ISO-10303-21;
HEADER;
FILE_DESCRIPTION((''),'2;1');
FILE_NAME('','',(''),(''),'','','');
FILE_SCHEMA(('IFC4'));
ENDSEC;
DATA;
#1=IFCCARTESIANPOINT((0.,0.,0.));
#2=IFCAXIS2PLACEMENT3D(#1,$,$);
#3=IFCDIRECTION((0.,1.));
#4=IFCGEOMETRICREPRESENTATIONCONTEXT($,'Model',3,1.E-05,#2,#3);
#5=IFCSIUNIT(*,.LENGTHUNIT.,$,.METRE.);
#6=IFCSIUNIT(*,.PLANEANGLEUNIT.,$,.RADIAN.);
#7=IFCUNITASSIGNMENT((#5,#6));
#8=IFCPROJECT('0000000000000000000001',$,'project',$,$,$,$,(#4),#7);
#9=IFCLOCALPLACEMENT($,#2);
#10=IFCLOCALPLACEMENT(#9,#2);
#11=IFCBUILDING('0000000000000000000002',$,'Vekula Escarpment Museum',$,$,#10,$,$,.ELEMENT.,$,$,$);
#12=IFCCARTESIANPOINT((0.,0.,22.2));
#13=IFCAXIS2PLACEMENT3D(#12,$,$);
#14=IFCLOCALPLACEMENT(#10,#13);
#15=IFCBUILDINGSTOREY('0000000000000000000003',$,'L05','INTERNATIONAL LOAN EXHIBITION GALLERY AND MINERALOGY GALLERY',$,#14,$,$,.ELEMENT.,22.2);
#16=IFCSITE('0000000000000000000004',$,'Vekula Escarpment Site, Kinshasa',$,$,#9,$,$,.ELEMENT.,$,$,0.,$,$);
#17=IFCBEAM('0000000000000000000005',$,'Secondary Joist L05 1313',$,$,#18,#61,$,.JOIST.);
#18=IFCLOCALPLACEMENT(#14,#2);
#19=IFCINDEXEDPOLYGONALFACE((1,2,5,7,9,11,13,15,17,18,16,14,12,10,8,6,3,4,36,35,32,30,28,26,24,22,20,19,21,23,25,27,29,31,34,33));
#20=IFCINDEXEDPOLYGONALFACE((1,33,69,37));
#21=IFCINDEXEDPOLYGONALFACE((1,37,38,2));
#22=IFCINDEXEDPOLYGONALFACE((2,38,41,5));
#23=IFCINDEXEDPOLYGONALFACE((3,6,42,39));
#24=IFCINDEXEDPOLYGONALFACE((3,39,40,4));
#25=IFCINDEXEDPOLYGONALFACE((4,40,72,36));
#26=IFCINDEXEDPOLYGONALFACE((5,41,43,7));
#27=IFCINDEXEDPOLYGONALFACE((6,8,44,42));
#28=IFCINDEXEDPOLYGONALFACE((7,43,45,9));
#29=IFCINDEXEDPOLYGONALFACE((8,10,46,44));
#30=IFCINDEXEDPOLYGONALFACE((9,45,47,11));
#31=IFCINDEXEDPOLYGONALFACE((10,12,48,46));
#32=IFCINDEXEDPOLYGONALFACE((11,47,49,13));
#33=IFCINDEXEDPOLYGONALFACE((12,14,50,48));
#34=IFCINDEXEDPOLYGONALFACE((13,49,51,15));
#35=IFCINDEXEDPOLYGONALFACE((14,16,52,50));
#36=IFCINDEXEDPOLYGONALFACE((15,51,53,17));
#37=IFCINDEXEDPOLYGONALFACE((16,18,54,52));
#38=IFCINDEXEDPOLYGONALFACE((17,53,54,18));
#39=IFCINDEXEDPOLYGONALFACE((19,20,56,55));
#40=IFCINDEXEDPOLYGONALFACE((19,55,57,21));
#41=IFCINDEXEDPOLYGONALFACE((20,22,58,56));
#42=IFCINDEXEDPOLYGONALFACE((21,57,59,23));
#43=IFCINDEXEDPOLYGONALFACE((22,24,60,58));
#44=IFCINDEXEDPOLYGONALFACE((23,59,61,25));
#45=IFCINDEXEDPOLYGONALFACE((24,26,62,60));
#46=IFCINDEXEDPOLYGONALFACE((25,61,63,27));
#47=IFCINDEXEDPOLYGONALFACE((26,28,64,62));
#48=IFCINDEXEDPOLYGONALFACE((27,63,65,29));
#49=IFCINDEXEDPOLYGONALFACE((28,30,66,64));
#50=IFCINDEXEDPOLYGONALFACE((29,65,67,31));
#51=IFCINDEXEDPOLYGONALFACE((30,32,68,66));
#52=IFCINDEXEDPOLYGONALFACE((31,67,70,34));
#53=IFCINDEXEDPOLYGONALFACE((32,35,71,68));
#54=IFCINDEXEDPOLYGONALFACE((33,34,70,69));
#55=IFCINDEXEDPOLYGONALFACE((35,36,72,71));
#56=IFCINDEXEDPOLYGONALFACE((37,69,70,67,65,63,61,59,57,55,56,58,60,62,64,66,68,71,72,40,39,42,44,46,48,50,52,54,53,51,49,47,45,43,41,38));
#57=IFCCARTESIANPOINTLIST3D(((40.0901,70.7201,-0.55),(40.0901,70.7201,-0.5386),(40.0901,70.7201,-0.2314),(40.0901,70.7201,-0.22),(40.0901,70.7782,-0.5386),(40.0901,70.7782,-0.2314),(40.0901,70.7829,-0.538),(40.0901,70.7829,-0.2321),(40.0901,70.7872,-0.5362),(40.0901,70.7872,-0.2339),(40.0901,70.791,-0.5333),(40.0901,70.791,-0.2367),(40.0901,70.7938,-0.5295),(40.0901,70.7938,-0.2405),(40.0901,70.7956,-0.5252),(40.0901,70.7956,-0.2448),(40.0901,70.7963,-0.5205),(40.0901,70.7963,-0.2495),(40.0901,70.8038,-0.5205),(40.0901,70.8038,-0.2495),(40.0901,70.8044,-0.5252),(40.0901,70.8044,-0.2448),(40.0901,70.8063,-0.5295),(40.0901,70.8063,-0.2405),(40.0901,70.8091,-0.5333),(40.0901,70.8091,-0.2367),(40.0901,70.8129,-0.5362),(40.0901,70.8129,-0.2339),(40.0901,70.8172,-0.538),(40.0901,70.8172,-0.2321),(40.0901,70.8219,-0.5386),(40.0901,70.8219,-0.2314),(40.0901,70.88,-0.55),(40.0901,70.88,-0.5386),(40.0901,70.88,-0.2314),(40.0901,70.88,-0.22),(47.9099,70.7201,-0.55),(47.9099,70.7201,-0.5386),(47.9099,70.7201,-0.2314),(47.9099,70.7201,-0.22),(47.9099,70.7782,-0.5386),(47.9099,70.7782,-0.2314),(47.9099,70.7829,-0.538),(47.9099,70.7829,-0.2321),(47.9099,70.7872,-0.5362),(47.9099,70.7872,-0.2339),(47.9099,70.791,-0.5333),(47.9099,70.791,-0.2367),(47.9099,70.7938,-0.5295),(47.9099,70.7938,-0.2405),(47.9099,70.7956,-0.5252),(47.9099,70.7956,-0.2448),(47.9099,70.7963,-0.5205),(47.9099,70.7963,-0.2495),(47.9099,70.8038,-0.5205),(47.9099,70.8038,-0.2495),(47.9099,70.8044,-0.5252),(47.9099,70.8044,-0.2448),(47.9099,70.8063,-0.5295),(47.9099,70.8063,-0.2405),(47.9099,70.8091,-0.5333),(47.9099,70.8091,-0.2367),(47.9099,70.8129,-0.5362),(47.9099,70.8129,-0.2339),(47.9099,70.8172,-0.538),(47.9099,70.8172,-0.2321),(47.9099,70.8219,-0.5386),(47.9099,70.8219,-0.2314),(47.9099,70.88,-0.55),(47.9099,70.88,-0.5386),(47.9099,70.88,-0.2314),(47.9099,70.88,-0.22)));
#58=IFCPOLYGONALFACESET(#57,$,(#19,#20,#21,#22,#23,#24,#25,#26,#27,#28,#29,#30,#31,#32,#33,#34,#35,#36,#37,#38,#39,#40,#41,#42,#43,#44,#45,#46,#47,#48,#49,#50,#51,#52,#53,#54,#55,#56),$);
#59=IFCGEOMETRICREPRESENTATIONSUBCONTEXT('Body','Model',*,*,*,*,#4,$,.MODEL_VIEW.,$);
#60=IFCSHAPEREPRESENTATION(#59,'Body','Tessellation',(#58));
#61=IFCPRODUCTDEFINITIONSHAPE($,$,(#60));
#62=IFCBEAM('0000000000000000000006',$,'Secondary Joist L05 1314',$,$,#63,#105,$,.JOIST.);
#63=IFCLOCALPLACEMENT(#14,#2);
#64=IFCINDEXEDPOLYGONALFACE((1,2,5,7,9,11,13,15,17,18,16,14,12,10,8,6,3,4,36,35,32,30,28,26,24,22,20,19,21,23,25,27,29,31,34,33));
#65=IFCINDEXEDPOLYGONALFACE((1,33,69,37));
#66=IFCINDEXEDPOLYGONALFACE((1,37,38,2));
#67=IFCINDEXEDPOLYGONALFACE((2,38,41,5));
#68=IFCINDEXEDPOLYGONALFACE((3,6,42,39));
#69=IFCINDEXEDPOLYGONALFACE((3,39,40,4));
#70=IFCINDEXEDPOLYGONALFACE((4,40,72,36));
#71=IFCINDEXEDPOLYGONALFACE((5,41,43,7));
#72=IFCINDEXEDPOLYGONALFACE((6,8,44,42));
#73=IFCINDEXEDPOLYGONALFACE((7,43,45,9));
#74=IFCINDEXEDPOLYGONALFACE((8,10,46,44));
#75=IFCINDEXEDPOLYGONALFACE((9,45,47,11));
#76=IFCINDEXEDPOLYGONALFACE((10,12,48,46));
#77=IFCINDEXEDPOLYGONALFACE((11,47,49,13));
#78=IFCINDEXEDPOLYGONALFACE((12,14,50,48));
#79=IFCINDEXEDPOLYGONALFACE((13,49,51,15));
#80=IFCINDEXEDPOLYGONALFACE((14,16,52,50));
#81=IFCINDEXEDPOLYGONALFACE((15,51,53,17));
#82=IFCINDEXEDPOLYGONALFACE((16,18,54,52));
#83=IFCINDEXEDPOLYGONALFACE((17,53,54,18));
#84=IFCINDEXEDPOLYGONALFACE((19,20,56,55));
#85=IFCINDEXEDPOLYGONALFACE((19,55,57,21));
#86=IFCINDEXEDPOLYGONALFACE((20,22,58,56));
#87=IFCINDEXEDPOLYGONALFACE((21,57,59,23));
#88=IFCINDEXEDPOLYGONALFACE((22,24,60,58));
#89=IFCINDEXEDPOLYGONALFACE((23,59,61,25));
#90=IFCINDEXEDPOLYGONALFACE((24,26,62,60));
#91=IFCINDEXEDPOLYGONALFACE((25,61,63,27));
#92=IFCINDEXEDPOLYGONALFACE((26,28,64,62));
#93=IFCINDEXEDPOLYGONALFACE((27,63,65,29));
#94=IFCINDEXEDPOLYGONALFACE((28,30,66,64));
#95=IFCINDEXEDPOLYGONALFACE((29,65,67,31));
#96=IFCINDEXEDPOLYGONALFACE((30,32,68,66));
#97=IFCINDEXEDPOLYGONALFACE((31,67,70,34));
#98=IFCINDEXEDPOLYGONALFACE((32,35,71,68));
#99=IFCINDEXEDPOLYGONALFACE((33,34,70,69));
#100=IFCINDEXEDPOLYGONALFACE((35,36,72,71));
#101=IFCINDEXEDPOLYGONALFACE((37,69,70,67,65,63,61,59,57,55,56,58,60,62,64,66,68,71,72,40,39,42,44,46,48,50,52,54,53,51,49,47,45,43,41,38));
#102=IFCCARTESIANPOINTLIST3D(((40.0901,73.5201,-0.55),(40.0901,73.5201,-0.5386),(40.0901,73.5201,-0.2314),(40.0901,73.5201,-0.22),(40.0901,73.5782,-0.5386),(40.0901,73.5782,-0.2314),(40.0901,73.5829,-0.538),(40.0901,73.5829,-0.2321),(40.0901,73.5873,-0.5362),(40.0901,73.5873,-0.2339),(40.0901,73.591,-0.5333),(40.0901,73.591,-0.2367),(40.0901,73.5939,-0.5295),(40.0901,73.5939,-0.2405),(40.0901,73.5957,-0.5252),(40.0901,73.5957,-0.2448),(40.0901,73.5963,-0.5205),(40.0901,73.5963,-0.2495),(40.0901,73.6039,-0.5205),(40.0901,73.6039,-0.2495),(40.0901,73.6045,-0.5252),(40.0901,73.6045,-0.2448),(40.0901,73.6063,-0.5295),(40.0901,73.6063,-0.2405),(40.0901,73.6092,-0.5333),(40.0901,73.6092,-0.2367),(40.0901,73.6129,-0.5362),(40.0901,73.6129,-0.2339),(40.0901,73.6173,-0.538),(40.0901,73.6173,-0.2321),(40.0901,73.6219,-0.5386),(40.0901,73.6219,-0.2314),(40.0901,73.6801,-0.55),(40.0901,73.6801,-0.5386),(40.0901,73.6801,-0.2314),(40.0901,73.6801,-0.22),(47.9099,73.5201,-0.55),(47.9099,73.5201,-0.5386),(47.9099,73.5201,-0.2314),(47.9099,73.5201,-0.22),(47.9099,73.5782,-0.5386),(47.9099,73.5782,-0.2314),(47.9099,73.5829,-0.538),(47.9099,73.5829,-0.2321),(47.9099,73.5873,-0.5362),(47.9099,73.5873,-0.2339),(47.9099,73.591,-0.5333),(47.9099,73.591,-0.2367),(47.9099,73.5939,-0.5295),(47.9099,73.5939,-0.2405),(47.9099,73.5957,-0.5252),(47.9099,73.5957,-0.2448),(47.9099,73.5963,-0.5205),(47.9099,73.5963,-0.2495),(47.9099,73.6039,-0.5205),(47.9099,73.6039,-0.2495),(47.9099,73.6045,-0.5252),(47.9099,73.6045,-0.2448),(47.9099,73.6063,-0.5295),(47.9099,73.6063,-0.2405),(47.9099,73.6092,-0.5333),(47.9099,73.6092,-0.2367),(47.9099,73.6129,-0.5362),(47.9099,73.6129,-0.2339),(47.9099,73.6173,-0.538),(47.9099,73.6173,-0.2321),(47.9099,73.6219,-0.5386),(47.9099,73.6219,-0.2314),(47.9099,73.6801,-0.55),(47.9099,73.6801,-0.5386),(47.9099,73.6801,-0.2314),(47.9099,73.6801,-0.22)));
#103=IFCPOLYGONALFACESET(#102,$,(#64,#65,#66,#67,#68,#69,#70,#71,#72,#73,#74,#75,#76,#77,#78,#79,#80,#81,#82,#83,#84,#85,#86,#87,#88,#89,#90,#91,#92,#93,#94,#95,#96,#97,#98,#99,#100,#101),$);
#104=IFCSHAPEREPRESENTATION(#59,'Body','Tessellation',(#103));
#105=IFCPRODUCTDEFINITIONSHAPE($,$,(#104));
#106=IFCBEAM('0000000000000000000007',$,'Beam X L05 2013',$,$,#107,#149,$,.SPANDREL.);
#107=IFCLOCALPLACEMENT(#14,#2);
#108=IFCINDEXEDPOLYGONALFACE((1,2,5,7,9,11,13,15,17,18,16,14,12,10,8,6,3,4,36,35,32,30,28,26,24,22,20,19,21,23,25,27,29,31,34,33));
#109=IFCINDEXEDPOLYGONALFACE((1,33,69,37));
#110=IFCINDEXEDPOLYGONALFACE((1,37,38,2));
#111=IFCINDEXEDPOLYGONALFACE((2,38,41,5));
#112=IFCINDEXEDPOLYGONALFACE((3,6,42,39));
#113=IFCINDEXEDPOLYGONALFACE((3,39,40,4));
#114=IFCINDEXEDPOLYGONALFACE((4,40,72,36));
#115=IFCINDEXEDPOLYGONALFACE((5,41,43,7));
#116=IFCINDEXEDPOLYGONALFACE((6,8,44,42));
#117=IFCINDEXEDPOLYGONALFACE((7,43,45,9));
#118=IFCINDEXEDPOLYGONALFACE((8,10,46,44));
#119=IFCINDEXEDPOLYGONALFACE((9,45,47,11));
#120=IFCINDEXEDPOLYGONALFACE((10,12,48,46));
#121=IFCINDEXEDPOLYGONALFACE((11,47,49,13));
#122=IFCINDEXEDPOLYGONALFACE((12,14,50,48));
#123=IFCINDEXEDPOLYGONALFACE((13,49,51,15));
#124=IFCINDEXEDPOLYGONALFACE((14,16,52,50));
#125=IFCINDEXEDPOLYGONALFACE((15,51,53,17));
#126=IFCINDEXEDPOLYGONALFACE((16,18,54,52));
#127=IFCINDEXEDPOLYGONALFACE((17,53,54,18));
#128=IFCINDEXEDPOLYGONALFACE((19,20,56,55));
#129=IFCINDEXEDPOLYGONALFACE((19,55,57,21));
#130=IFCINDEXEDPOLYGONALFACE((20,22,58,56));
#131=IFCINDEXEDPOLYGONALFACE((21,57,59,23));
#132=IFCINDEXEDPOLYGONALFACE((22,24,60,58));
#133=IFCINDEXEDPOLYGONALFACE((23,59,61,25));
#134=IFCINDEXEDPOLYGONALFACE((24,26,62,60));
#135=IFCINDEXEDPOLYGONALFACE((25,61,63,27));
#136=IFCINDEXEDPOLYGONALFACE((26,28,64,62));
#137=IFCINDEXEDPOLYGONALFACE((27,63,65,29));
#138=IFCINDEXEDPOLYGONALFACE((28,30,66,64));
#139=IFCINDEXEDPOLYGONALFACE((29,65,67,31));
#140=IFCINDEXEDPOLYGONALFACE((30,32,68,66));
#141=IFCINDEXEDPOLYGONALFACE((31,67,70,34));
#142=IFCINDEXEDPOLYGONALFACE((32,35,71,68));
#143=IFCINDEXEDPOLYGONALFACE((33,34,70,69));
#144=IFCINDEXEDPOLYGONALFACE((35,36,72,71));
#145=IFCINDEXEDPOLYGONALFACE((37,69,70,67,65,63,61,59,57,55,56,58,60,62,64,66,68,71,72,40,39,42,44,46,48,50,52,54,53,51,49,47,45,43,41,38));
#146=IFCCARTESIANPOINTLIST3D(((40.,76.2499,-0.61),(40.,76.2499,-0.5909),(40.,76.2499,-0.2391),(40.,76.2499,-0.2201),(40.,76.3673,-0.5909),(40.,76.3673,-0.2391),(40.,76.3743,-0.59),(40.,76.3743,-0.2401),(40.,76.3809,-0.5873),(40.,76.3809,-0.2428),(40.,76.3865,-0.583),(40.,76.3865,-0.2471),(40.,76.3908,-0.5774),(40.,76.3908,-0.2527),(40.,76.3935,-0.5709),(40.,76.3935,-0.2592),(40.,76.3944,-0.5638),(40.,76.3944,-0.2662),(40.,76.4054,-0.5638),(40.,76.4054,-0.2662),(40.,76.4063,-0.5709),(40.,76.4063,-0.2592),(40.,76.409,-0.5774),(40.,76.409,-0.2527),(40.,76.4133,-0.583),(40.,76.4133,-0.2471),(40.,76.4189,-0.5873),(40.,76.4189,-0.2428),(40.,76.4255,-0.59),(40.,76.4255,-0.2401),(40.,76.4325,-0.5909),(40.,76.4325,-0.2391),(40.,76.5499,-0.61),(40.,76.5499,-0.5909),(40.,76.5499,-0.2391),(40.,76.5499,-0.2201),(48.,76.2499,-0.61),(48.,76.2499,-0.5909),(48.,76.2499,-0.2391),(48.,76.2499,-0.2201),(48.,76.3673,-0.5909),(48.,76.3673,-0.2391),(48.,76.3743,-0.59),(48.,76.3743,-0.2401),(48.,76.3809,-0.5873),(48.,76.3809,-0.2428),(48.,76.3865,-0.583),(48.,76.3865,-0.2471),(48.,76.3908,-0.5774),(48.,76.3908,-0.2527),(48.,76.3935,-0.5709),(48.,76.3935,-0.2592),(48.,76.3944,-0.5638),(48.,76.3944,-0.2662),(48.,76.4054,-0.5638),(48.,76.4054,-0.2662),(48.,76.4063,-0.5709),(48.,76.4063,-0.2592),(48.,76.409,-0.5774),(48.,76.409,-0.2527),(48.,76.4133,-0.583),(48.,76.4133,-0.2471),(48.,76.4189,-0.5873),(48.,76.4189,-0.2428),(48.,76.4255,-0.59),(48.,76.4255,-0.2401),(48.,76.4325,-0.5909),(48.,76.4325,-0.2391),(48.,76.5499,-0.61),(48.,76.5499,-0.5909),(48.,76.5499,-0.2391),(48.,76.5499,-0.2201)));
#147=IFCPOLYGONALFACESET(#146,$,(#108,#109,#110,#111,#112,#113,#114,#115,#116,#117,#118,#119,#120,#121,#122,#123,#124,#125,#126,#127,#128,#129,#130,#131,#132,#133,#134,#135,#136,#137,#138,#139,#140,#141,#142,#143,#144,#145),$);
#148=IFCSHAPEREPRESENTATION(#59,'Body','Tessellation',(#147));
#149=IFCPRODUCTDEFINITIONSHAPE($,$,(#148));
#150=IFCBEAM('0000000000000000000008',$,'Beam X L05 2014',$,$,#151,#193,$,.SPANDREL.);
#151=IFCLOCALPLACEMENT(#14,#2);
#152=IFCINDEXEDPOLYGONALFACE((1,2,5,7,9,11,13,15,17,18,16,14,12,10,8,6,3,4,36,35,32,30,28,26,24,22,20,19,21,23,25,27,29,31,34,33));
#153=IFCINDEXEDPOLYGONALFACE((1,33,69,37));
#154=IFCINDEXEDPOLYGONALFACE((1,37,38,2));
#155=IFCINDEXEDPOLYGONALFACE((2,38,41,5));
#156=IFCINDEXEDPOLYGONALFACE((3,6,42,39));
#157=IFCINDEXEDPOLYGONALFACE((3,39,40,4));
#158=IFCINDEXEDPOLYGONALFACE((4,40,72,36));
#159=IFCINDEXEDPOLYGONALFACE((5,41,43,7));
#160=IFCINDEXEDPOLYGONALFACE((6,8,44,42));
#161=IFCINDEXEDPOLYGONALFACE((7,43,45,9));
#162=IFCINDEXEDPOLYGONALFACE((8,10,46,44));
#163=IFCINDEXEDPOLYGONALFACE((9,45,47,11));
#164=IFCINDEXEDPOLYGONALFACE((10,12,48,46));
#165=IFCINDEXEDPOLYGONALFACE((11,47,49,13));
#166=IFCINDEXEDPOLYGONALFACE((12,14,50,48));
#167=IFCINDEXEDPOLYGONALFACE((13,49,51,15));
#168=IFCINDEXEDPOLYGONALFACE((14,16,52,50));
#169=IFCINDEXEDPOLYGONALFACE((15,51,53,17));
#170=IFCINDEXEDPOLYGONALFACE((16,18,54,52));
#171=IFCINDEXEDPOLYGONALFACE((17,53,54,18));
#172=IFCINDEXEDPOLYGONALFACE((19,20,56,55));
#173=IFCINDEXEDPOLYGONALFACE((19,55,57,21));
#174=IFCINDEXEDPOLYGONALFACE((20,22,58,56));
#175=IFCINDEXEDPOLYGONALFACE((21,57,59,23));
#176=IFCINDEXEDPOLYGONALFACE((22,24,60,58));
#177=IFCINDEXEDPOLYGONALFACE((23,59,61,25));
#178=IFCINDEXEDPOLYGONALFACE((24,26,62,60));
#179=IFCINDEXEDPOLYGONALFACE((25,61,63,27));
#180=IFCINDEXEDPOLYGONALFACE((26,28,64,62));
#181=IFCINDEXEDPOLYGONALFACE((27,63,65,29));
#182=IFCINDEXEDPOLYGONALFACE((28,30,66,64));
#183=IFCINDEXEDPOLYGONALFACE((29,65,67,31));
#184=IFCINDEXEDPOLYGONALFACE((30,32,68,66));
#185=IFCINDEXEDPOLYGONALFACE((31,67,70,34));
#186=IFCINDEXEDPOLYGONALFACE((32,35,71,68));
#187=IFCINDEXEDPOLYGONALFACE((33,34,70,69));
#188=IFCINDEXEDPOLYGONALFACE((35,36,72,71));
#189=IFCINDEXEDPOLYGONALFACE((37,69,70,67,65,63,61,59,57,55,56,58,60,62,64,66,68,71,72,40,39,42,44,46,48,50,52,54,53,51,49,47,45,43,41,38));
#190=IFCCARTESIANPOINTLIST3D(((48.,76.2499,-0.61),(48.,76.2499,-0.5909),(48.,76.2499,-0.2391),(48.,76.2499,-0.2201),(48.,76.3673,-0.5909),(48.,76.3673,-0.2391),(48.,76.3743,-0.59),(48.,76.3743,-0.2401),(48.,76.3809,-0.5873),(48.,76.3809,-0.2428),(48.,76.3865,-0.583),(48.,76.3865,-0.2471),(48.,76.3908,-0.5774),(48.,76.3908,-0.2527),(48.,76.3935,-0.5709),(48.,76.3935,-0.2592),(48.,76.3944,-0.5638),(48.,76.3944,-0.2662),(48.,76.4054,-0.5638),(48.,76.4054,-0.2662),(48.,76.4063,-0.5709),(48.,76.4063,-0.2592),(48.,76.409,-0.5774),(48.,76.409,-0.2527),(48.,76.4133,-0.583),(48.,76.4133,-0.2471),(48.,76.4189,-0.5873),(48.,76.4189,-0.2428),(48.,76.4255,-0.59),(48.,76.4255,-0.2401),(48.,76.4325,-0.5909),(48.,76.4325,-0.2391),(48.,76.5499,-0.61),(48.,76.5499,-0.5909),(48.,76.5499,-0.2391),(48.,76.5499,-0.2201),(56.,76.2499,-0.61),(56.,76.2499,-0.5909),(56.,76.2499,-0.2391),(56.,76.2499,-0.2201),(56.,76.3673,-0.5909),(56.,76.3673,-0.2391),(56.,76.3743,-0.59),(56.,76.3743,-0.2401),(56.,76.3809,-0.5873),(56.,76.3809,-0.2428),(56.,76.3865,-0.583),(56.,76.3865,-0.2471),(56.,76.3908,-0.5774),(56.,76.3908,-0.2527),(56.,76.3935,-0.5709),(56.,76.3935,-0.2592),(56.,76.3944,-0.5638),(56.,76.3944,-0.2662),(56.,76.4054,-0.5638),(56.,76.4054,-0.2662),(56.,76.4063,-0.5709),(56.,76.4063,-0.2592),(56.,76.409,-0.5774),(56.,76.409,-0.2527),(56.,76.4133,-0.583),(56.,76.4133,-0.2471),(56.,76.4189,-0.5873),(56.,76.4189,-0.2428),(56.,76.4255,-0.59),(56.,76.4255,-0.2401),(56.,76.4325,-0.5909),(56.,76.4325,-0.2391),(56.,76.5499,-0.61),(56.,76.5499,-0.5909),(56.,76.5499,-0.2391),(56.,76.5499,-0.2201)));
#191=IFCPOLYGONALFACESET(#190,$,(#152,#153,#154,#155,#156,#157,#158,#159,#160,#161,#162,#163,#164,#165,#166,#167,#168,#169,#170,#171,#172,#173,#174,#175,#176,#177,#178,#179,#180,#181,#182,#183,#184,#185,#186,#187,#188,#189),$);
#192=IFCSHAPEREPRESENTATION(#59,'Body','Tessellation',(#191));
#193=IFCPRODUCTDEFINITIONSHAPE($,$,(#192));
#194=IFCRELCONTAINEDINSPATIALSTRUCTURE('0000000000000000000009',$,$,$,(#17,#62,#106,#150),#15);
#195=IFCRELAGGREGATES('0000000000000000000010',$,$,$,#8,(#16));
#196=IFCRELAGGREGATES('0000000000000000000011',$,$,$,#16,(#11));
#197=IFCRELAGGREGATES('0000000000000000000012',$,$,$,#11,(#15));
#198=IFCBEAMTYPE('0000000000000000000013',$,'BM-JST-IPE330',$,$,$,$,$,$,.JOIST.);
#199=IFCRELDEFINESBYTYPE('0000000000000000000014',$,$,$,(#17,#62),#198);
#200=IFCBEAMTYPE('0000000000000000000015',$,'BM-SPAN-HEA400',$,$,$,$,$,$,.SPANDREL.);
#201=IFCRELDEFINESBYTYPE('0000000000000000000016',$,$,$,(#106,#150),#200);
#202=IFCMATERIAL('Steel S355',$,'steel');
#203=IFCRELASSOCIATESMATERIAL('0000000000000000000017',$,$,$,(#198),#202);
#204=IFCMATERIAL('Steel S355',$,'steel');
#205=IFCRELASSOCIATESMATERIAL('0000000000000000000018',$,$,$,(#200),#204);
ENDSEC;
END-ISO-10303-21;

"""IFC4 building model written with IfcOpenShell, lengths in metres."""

from ifc_helpers import new_model, si_unit, direction, frame, origin, origin_2d, place, context, subcontext, project, spatial, i_section, extrude, material, material_profile, profile_set, type_object, element, save


model = new_model("IFC4")

# Units and contexts
model_context = context("Model", 3, precision=1e-05, world=origin(), true_north=direction((0.0, 1.0)))
body_context = subcontext(model_context, "Body", "Model", "MODEL_VIEW")
ifc_project = project(units=[si_unit("LENGTHUNIT", "METRE"), si_unit("PLANEANGLEUNIT", "RADIAN")], contexts=[model_context])

# Site, building, storey
site_placement = place(None, origin())
site = spatial("IfcSite", under=ifc_project, at=site_placement, Name="Vekula Escarpment Site, Kinshasa", CompositionType="ELEMENT", RefElevation=0.0)
building_placement = place(site_placement, origin())
building = spatial("IfcBuilding", under=site, at=building_placement, Name="Vekula Escarpment Museum", CompositionType="ELEMENT")
storey_placement = place(building_placement, frame((0.0, 0.0, 22.2)))
storey = spatial("IfcBuildingStorey", under=building, at=storey_placement, Name="L05", Description="INTERNATIONAL LOAN EXHIBITION GALLERY AND MINERALOGY GALLERY", CompositionType="ELEMENT", Elevation=22.2)

# Beams
ifc_material_1 = material(Name="Steel S355", Category="steel")
ifc_material_profile_1 = material_profile(ifc_material_1, i_section(OverallWidth=0.1599, OverallDepth=0.3301, WebThickness=0.0076, FlangeThickness=0.0115, FilletRadius=0.0181, at=origin_2d()), Name="IPE 330")
ifc_profile_set_1 = profile_set([ifc_material_profile_1], Name="Steel S355")
beam_type_1 = type_object("IfcBeamType", Name="BM-JST-IPE330", PredefinedType="JOIST", material=ifc_profile_set_1)
for number, where, z_axis, x_axis, name in (
    (1, (40.0901, 70.8, -0.385), (1.0, 0.0, 0.0), (0.0, 1.0, 0.0), "Secondary Joist L05 1313"),
    (2, (40.0901, 73.6001, -0.385), (1.0, 0.0, 0.0), (0.0, 1.0, 0.0), "Secondary Joist L05 1314"),
):
    element("IfcBeam", number, at=place(storey_placement, frame(where, z_axis=z_axis, x_axis=x_axis)), inside=storey, type_object=beam_type_1, Name=name, PredefinedType="JOIST", context=body_context, shape_type="SweptSolid", body=[
        extrude(i_section(OverallWidth=0.1599, OverallDepth=0.3301, WebThickness=0.0076, FlangeThickness=0.0115, FilletRadius=0.0181, at=origin_2d()), origin(), (0.0, 0.0, 1.0), 7.8198),
    ])
ifc_material_2 = material(Name="Steel S355", Category="steel")
ifc_material_profile_2 = material_profile(ifc_material_2, i_section(OverallWidth=0.3, OverallDepth=0.3899, WebThickness=0.011, FlangeThickness=0.019, FilletRadius=0.0271, at=origin_2d()), Name="HEA 400")
ifc_profile_set_2 = profile_set([ifc_material_profile_2], Name="Steel S355")
beam_type_2 = type_object("IfcBeamType", Name="BM-SPAN-HEA400", PredefinedType="SPANDREL", material=ifc_profile_set_2)
for number, where, z_axis, x_axis, name in (
    (3, (40.0, 76.3999, -0.415), (1.0, 0.0, 0.0), (0.0, 1.0, 0.0), "Beam X L05 2013"),
    (4, (48.0, 76.3999, -0.415), (1.0, 0.0, 0.0), (0.0, 1.0, 0.0), "Beam X L05 2014"),
):
    element("IfcBeam", number, at=place(storey_placement, frame(where, z_axis=z_axis, x_axis=x_axis)), inside=storey, type_object=beam_type_2, Name=name, PredefinedType="SPANDREL", context=body_context, shape_type="SweptSolid", body=[
        extrude(i_section(OverallWidth=0.3, OverallDepth=0.3899, WebThickness=0.011, FlangeThickness=0.019, FilletRadius=0.0271, at=origin_2d()), origin(), (0.0, 0.0, 1.0), 8.0),
    ])

save(model, "model.ifc")
